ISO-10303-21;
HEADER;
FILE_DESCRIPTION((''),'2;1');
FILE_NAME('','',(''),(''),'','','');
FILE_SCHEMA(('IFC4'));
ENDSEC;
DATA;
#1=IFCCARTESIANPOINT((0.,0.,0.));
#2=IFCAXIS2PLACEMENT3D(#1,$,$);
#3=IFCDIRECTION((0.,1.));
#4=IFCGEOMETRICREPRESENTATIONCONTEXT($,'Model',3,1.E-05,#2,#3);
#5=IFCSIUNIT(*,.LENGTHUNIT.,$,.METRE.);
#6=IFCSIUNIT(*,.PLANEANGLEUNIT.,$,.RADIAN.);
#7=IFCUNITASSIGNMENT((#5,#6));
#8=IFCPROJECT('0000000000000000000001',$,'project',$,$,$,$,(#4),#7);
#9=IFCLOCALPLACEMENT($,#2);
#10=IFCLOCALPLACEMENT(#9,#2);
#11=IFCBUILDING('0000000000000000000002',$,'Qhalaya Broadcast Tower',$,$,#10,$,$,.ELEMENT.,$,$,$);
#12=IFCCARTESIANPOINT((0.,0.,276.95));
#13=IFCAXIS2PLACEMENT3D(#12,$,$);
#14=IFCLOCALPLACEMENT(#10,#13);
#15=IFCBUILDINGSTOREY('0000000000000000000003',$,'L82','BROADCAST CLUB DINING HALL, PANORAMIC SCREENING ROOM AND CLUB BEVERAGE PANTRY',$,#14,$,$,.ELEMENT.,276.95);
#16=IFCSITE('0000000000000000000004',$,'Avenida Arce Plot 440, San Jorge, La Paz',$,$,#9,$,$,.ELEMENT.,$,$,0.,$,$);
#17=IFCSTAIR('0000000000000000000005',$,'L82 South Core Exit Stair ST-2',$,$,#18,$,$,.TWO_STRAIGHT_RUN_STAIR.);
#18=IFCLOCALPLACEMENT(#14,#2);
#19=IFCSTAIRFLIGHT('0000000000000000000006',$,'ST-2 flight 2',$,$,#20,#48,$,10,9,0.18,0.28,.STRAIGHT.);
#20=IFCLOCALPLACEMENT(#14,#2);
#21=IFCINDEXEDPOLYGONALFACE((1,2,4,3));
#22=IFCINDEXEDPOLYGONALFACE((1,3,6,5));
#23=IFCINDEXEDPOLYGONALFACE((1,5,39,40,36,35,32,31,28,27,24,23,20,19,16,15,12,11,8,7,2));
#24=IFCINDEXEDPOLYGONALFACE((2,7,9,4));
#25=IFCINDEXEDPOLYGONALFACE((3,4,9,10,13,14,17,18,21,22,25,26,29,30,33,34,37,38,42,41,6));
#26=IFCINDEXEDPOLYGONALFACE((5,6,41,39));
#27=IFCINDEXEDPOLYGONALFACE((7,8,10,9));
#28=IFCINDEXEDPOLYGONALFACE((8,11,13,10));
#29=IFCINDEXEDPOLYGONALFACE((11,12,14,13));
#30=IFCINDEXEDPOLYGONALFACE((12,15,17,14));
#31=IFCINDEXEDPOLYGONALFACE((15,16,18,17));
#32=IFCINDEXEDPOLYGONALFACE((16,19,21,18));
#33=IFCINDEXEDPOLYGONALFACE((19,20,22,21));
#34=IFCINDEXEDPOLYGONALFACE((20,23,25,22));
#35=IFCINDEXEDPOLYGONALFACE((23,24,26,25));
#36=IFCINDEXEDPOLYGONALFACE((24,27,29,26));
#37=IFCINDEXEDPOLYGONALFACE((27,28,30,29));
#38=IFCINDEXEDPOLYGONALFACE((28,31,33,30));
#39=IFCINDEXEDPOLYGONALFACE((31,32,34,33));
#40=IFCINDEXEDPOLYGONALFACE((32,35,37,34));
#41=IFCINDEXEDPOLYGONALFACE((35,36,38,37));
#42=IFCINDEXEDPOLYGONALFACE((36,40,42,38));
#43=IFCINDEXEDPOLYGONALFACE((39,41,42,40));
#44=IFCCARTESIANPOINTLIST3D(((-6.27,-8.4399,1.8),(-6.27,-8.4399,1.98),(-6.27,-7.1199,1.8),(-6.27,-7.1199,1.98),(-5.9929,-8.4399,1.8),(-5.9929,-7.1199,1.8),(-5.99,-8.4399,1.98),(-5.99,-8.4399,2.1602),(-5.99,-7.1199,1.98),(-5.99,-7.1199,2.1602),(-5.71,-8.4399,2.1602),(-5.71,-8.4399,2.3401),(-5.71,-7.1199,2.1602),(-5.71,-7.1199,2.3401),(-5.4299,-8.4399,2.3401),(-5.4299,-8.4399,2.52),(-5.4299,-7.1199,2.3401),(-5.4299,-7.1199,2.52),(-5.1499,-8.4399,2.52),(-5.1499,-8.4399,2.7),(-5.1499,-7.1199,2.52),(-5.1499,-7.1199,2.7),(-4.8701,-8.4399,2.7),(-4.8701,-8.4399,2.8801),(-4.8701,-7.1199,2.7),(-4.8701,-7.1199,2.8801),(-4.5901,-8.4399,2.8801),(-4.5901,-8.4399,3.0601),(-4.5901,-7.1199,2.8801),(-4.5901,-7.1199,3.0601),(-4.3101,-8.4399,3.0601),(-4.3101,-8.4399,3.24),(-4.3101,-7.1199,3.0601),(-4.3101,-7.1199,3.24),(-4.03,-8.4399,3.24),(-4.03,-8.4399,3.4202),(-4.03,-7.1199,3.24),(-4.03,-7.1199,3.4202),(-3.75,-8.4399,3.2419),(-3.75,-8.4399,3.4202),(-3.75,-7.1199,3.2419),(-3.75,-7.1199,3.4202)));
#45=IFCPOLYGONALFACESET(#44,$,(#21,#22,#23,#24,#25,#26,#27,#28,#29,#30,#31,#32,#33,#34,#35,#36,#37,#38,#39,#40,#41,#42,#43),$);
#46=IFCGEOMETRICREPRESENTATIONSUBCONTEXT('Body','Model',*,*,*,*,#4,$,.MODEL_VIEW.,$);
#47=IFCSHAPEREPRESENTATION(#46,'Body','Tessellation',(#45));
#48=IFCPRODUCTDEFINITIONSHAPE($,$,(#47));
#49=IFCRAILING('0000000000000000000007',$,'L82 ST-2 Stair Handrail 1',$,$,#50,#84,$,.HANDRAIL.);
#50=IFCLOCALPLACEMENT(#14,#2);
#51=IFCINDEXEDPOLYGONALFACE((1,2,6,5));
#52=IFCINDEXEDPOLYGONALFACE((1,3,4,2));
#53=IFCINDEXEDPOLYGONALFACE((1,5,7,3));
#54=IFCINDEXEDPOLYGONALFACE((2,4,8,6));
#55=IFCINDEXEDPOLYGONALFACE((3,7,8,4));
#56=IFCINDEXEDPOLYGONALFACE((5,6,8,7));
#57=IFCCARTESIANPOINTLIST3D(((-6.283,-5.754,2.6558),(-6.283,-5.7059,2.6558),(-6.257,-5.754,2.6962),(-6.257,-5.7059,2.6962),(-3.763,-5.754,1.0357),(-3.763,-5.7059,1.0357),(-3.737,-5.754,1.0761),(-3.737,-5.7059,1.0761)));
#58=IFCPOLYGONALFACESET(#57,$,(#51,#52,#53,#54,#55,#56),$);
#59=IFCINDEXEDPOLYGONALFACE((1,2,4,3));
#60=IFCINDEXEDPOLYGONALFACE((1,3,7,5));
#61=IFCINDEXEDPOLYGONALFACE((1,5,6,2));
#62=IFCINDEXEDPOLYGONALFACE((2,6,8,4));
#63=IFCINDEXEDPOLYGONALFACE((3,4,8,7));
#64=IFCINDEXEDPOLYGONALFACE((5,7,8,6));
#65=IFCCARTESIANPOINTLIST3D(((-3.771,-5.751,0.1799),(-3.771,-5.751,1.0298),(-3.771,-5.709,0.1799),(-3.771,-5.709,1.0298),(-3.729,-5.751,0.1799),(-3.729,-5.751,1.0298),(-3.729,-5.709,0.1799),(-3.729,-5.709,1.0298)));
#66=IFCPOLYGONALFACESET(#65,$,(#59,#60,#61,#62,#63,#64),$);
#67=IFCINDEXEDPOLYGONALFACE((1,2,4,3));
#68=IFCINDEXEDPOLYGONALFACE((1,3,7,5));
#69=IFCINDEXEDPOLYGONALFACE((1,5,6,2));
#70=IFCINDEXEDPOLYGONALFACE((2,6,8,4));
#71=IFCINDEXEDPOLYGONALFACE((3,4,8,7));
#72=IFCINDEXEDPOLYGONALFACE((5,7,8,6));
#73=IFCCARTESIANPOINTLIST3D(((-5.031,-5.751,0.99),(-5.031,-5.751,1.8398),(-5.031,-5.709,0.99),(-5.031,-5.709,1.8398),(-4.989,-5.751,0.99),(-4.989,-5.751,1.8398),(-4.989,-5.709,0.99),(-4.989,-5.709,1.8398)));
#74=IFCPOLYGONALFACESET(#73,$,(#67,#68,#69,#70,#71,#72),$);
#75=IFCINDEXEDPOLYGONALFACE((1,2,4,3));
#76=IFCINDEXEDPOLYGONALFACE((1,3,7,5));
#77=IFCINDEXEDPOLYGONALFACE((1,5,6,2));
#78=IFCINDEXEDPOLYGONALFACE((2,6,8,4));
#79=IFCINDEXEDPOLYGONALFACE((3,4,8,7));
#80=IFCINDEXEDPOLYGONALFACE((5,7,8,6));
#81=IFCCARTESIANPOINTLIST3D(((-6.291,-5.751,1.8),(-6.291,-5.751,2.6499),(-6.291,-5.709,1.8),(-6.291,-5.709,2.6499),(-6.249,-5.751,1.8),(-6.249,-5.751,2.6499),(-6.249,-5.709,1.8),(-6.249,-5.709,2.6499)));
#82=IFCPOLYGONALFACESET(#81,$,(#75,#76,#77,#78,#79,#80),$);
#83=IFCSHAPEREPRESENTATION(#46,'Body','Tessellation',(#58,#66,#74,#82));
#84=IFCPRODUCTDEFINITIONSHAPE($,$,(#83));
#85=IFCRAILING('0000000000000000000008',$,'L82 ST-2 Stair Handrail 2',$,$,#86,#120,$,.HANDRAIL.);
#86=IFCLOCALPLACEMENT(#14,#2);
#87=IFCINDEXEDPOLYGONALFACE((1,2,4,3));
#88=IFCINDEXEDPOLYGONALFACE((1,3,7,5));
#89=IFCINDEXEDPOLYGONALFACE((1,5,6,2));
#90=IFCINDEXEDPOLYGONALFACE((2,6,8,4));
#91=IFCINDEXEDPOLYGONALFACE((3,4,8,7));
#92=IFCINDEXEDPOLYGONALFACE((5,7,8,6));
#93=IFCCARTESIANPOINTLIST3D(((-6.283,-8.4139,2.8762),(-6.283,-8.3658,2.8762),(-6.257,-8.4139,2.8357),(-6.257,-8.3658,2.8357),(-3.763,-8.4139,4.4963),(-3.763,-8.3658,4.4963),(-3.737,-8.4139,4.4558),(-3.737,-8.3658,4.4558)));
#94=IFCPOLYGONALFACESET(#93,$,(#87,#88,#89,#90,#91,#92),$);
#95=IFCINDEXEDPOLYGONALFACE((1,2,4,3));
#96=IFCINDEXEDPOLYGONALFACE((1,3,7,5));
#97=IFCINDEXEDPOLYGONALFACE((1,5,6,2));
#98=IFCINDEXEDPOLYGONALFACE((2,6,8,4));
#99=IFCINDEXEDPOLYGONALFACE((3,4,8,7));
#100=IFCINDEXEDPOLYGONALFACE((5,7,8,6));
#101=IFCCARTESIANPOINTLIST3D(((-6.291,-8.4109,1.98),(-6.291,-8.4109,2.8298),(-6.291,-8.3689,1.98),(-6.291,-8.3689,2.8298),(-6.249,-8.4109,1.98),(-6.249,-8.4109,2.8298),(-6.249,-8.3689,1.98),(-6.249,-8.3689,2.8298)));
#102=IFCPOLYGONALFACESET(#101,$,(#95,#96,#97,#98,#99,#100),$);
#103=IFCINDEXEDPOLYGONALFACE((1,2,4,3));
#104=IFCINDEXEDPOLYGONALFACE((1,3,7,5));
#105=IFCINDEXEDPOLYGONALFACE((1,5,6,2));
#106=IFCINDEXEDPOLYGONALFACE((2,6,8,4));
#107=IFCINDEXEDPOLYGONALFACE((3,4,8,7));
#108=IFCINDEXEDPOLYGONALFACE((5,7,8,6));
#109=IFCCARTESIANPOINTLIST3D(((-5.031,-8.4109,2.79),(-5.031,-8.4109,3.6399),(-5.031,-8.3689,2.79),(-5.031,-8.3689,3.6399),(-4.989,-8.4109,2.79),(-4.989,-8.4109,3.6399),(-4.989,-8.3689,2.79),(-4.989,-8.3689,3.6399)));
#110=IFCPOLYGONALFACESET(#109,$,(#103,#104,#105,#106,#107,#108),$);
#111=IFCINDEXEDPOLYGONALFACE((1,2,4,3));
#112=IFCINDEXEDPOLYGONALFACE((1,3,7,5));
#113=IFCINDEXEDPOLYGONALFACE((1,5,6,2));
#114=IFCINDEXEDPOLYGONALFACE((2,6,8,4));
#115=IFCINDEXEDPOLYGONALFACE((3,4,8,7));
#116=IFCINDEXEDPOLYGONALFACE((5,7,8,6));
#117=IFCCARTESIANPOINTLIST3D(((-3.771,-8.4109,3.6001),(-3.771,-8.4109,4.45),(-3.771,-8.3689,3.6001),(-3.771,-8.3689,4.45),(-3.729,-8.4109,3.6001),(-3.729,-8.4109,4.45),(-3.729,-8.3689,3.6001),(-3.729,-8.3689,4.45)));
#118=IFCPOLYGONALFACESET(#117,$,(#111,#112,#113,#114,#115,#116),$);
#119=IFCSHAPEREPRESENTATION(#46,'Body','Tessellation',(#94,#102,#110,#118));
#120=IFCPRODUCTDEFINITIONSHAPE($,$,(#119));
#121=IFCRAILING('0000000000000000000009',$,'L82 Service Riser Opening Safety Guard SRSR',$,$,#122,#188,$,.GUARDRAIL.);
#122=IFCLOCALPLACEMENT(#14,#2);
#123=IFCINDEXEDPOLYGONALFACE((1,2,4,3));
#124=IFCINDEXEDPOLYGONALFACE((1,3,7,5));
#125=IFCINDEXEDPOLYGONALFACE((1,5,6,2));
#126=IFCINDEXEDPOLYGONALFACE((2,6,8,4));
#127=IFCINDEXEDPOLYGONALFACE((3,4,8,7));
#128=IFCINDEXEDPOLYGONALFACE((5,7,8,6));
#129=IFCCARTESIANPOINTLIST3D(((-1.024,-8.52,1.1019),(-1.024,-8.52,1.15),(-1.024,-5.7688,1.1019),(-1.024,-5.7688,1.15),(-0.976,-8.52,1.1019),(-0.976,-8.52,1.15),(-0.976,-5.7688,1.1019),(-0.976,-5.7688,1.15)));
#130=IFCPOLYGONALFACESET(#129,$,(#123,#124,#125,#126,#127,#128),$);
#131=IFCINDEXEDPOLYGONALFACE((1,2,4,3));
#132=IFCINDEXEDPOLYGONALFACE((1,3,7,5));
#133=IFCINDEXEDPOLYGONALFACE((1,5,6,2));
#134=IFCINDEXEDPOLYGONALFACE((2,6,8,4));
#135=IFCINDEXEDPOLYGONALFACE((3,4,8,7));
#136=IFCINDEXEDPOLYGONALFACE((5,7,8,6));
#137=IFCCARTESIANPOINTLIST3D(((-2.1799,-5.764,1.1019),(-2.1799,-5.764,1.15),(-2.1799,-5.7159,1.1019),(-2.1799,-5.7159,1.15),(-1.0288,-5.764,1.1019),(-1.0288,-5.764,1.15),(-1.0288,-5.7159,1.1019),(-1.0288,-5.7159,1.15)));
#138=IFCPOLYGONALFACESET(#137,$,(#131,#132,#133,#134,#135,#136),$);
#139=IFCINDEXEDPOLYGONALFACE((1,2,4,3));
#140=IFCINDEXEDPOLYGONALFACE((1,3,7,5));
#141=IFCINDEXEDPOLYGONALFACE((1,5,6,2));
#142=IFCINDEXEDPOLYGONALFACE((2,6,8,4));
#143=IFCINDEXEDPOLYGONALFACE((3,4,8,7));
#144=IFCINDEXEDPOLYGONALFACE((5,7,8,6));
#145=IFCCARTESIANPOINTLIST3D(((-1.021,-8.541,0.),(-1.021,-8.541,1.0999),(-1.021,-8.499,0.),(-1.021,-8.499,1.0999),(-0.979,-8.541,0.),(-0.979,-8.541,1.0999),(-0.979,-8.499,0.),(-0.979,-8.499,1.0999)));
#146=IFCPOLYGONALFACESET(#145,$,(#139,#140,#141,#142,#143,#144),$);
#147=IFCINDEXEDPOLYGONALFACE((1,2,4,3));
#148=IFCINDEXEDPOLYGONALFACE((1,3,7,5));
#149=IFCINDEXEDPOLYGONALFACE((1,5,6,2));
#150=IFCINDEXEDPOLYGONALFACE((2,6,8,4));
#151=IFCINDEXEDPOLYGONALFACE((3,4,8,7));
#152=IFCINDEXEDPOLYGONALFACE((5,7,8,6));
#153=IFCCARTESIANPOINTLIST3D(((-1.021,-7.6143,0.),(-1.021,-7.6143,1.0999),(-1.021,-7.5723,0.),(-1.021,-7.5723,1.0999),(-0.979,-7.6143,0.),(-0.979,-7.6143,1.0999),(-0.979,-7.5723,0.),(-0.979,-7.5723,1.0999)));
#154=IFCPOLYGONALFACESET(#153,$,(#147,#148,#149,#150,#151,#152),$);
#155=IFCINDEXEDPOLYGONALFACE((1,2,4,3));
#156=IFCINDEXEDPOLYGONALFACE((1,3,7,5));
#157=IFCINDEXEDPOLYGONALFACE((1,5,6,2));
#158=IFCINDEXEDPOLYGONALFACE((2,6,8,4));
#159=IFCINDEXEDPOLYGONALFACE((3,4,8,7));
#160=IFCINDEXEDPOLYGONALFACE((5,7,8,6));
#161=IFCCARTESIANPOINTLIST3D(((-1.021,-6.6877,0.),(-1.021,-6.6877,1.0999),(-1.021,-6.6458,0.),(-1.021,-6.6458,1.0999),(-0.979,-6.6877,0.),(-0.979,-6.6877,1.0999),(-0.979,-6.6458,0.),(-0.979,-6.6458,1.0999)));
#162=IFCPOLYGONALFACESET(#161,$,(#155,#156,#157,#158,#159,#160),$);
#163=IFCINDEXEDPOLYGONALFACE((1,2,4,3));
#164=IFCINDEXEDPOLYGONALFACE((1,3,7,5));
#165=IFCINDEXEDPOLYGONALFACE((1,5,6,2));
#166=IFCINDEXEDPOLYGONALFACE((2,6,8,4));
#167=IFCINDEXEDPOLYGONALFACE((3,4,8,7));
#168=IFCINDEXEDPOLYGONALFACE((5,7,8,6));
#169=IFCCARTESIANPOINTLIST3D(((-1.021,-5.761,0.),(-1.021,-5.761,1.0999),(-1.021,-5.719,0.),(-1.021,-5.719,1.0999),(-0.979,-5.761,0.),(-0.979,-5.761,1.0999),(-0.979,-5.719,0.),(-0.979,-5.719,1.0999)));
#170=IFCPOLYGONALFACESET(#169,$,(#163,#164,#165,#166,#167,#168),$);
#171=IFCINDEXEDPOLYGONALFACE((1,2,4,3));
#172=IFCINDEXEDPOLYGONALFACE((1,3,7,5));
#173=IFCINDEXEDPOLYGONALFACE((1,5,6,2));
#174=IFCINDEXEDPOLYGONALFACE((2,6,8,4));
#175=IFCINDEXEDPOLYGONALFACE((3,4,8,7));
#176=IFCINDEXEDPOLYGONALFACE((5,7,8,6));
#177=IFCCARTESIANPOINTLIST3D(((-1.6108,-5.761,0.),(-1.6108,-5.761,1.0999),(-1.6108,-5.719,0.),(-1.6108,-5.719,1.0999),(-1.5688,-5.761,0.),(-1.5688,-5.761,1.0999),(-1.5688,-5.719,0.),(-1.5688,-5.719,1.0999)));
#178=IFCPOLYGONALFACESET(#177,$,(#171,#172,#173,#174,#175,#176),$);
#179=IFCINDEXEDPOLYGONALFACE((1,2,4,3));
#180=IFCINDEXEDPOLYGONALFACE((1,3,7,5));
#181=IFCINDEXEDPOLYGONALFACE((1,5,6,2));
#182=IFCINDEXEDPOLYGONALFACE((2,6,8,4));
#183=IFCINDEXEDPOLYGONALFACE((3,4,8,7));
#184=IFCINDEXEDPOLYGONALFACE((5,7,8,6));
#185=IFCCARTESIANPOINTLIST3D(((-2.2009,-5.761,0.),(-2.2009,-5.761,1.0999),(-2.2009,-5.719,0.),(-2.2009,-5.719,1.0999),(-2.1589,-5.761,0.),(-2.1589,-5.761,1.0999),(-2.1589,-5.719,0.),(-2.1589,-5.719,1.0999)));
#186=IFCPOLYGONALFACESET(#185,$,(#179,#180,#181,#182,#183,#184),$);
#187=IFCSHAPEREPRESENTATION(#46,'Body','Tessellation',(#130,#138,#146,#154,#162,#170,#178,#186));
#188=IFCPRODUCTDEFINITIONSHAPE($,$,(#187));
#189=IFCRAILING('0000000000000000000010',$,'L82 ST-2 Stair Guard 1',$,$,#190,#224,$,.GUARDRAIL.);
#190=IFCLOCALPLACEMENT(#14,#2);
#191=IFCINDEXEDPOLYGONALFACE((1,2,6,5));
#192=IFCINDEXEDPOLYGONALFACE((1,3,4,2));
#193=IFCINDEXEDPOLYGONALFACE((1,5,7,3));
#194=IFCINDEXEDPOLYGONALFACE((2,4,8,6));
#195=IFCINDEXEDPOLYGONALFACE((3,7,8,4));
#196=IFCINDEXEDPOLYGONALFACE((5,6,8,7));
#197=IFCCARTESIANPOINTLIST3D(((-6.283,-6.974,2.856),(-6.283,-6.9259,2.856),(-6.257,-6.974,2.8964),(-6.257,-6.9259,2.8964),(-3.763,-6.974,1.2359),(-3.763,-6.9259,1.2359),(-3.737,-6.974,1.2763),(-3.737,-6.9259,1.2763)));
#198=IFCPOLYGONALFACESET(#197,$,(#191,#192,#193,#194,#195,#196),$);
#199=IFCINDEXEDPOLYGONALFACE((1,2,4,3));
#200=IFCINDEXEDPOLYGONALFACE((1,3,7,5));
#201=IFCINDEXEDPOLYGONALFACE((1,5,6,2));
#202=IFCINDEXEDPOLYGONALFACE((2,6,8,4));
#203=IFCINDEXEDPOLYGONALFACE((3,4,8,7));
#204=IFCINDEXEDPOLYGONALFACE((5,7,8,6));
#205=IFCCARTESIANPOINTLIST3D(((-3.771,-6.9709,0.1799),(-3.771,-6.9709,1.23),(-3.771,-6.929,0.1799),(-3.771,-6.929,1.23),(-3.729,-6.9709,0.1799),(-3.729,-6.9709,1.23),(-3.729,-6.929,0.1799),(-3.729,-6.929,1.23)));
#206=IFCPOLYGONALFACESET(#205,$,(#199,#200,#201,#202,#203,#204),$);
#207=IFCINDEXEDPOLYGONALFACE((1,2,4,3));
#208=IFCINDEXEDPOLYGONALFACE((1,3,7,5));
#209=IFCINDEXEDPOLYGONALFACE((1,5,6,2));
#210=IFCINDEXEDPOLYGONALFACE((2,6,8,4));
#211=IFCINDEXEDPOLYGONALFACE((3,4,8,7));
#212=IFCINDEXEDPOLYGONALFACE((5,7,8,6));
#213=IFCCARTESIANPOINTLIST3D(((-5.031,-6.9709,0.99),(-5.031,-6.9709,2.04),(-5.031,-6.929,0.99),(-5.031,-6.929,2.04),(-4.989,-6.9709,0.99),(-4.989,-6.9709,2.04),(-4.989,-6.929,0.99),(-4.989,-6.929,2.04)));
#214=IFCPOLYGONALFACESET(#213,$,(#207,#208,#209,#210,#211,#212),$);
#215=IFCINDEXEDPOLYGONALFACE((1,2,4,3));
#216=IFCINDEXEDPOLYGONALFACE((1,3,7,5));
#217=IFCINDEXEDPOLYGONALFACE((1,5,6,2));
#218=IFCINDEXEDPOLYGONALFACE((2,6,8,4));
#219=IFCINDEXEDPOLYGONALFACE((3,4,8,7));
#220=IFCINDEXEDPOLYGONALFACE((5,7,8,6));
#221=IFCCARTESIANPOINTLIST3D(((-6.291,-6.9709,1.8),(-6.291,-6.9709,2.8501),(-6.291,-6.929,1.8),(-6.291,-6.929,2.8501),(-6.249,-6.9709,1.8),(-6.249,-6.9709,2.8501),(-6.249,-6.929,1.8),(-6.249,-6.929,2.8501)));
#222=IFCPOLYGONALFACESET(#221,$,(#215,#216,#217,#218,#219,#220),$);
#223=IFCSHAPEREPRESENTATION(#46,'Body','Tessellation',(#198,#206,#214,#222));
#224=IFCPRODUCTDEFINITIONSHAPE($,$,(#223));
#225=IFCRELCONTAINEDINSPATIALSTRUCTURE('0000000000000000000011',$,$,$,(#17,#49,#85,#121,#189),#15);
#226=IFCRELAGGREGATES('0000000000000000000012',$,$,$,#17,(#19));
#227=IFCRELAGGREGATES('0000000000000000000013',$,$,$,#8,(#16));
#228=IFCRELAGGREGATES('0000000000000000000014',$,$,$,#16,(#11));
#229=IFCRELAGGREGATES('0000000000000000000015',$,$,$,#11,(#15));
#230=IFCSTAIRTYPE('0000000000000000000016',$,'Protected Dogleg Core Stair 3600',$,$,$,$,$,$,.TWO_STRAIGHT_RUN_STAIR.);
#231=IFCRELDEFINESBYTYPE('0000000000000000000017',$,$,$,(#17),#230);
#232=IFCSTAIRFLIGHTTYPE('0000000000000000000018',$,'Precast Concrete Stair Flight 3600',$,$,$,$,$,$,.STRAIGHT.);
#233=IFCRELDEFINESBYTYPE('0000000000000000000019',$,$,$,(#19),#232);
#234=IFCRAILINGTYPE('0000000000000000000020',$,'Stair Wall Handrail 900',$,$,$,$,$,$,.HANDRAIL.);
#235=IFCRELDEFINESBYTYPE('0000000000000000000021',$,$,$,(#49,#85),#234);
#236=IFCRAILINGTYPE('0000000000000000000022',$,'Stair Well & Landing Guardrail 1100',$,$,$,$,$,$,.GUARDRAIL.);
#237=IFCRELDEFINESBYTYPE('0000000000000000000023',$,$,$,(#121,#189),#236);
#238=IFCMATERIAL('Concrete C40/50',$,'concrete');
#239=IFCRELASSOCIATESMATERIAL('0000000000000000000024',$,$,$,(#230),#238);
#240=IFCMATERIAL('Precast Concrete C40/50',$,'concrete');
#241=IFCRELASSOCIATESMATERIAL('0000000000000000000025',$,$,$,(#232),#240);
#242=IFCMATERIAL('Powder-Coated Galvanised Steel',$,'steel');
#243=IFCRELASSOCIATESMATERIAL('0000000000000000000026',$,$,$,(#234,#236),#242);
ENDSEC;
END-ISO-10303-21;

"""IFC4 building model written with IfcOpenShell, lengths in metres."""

from ifc_helpers import new_model, si_unit, direction, frame, origin, origin_2d, place, context, subcontext, project, spatial, polyline, rectangle, outline, extrude, material, type_object, element, aggregate, save


model = new_model("IFC4")

# Units and contexts
model_context = context("Model", 3, precision=1e-05, world=origin(), true_north=direction((0.0, 1.0)))
body_context = subcontext(model_context, "Body", "Model", "MODEL_VIEW")
ifc_project = project(units=[si_unit("LENGTHUNIT", "METRE"), si_unit("PLANEANGLEUNIT", "RADIAN")], contexts=[model_context])

# Site, building, storey
site_placement = place(None, origin())
site = spatial("IfcSite", under=ifc_project, at=site_placement, Name="Avenida Arce Plot 440, San Jorge, La Paz", CompositionType="ELEMENT", RefElevation=0.0)
building_placement = place(site_placement, origin())
building = spatial("IfcBuilding", under=site, at=building_placement, Name="Qhalaya Broadcast Tower", CompositionType="ELEMENT")
storey_placement = place(building_placement, frame((0.0, 0.0, 276.95)))
storey = spatial("IfcBuildingStorey", under=building, at=storey_placement, Name="L82", Description="BROADCAST CLUB DINING HALL, PANORAMIC SCREENING ROOM AND CLUB BEVERAGE PANTRY", CompositionType="ELEMENT", Elevation=276.95)

# Stair, stair flight
ifc_material_1 = material(Name="Concrete C40/50", Category="concrete")
stair_type = type_object("IfcStairType", Name="Protected Dogleg Core Stair 3600", PredefinedType="TWO_STRAIGHT_RUN_STAIR", material=ifc_material_1)
stair_placement = place(storey_placement, origin())
stair = element("IfcStair", 1, at=stair_placement, inside=storey, type_object=stair_type, Name="L82 South Core Exit Stair ST-2", PredefinedType="TWO_STRAIGHT_RUN_STAIR")
ifc_material_2 = material(Name="Precast Concrete C40/50", Category="concrete")
stair_flight_type = type_object("IfcStairFlightType", Name="Precast Concrete Stair Flight 3600", PredefinedType="STRAIGHT", material=ifc_material_2)
stair_flight_1_placement = place(storey_placement, frame((-6.27, -7.78, 1.8), z_axis=(0.0, 0.0, 1.0), x_axis=(1.0, 0.0, 0.0)))
stair_flight_1 = element("IfcStairFlight", 2, at=stair_flight_1_placement, type_object=stair_flight_type, Name="ST-2 flight 2", NumberOfRisers=10, NumberOfTreads=9, PredefinedType="STRAIGHT", RiserHeight=0.18, TreadLength=0.28, context=body_context, shape_type="SweptSolid", body=[
    extrude(outline(polyline([(0.0, 0.0), (0.0, 0.1799), (0.28, 0.1799), (0.28, 0.3601), (0.5601, 0.3601), (0.5601, 0.54), (0.8401, 0.54), (0.8401, 0.72), (1.1201, 0.72), (1.1201, 0.8999), (1.3999, 0.8999), (1.3999, 1.0801), (1.6799, 1.0801), (1.6799, 1.26), (1.96, 1.26), (1.96, 1.4399), (2.24, 1.4399), (2.24, 1.6201), (2.52, 1.6201), (2.52, 1.8), (2.52, 1.4419), (0.2771, 0.0), (0.0, 0.0)])), frame((0.0, 0.6602, 0.0), z_axis=(0.0, -1.0, 0.0), x_axis=(1.0, 0.0, 0.0)), (0.0, 0.0, 1.0), 1.3201),
])
aggregate(stair, [stair_flight_1])

# Railings
ifc_material_3 = material(Name="Powder-Coated Galvanised Steel", Category="steel")
railing_type_1 = type_object("IfcRailingType", Name="Stair Wall Handrail 900", PredefinedType="HANDRAIL", material=ifc_material_3)
railing_1_placement = place(storey_placement, frame((-3.75, -5.73, 0.1799)))
element("IfcRailing", 3, at=railing_1_placement, inside=storey, type_object=railing_type_1, Name="L82 ST-2 Stair Handrail 1", PredefinedType="HANDRAIL", context=body_context, shape_type="SweptSolid", body=[
    extrude(rectangle(XDim=0.0481, YDim=0.0481, at=origin_2d()), frame((0.0, 0.0, 0.876), z_axis=(-0.841163, 0.0, 0.540782), x_axis=(0.0, -1.0, 0.0)), (0.0, 0.0, 1.0), 2.9958),
    extrude(rectangle(XDim=0.042, YDim=0.042, at=origin_2d()), origin(), (0.0, 0.0, 1.0), 0.8499),
    extrude(rectangle(XDim=0.042, YDim=0.042, at=origin_2d()), frame((-1.26, 0.0, 0.8101)), (0.0, 0.0, 1.0), 0.8499),
    extrude(rectangle(XDim=0.042, YDim=0.042, at=origin_2d()), frame((-2.52, 0.0, 1.6201)), (0.0, 0.0, 1.0), 0.8499),
])
railing_2_placement = place(storey_placement, frame((-6.27, -8.3899, 1.98)))
element("IfcRailing", 4, at=railing_2_placement, inside=storey, type_object=railing_type_1, Name="L82 ST-2 Stair Handrail 2", PredefinedType="HANDRAIL", context=body_context, shape_type="SweptSolid", body=[
    extrude(rectangle(XDim=0.0481, YDim=0.0481, at=origin_2d()), frame((0.0, 0.0, 0.876), z_axis=(0.841163, 0.0, 0.540782), x_axis=(0.0, 1.0, 0.0)), (0.0, 0.0, 1.0), 2.9958),
    extrude(rectangle(XDim=0.042, YDim=0.042, at=origin_2d()), origin(), (0.0, 0.0, 1.0), 0.8499),
    extrude(rectangle(XDim=0.042, YDim=0.042, at=origin_2d()), frame((1.26, 0.0, 0.8101)), (0.0, 0.0, 1.0), 0.8499),
    extrude(rectangle(XDim=0.042, YDim=0.042, at=origin_2d()), frame((2.52, 0.0, 1.6201)), (0.0, 0.0, 1.0), 0.8499),
])
railing_type_2 = type_object("IfcRailingType", Name="Stair Well & Landing Guardrail 1100", PredefinedType="GUARDRAIL", material=ifc_material_3)
railing_3_placement = place(storey_placement, frame((-1.0, -8.52, 0.0)))
element("IfcRailing", 5, at=railing_3_placement, inside=storey, type_object=railing_type_2, Name="L82 Service Riser Opening Safety Guard SRSR", PredefinedType="GUARDRAIL", context=body_context, shape_type="SweptSolid", body=[
    extrude(rectangle(XDim=0.0481, YDim=0.0481, at=origin_2d()), frame((0.0, 0.0, 1.126), z_axis=(0.0, 1.0, 0.0), x_axis=(-1.0, 0.0, 0.0)), (0.0, 0.0, 1.0), 2.7512),
    extrude(rectangle(XDim=0.0481, YDim=0.0481, at=origin_2d()), frame((-0.0288, 2.78, 1.126), z_axis=(-1.0, 0.0, 0.0), x_axis=(0.0, -1.0, 0.0)), (0.0, 0.0, 1.0), 1.1511),
    extrude(rectangle(XDim=0.042, YDim=0.042, at=origin_2d()), origin(), (0.0, 0.0, 1.0), 1.0999),
    extrude(rectangle(XDim=0.042, YDim=0.042, at=origin_2d()), frame((0.0, 0.9268, 0.0)), (0.0, 0.0, 1.0), 1.0999),
    extrude(rectangle(XDim=0.042, YDim=0.042, at=origin_2d()), frame((0.0, 1.8533, 0.0)), (0.0, 0.0, 1.0), 1.0999),
    extrude(rectangle(XDim=0.042, YDim=0.042, at=origin_2d()), frame((0.0, 2.78, 0.0)), (0.0, 0.0, 1.0), 1.0999),
    extrude(rectangle(XDim=0.042, YDim=0.042, at=origin_2d()), frame((-0.5898, 2.78, 0.0)), (0.0, 0.0, 1.0), 1.0999),
    extrude(rectangle(XDim=0.042, YDim=0.042, at=origin_2d()), frame((-1.1799, 2.78, 0.0)), (0.0, 0.0, 1.0), 1.0999),
])
railing_4_placement = place(storey_placement, frame((-3.75, -6.95, 0.1799)))
element("IfcRailing", 6, at=railing_4_placement, inside=storey, type_object=railing_type_2, Name="L82 ST-2 Stair Guard 1", PredefinedType="GUARDRAIL", context=body_context, shape_type="SweptSolid", body=[
    extrude(rectangle(XDim=0.0481, YDim=0.0481, at=origin_2d()), frame((0.0, 0.0, 1.0762), z_axis=(-0.841163, 0.0, 0.540782), x_axis=(0.0, -1.0, 0.0)), (0.0, 0.0, 1.0), 2.9958),
    extrude(rectangle(XDim=0.042, YDim=0.042, at=origin_2d()), origin(), (0.0, 0.0, 1.0), 1.05),
    extrude(rectangle(XDim=0.042, YDim=0.042, at=origin_2d()), frame((-1.26, 0.0, 0.8101)), (0.0, 0.0, 1.0), 1.05),
    extrude(rectangle(XDim=0.042, YDim=0.042, at=origin_2d()), frame((-2.52, 0.0, 1.6201)), (0.0, 0.0, 1.0), 1.05),
])

save(model, "model.ifc")
